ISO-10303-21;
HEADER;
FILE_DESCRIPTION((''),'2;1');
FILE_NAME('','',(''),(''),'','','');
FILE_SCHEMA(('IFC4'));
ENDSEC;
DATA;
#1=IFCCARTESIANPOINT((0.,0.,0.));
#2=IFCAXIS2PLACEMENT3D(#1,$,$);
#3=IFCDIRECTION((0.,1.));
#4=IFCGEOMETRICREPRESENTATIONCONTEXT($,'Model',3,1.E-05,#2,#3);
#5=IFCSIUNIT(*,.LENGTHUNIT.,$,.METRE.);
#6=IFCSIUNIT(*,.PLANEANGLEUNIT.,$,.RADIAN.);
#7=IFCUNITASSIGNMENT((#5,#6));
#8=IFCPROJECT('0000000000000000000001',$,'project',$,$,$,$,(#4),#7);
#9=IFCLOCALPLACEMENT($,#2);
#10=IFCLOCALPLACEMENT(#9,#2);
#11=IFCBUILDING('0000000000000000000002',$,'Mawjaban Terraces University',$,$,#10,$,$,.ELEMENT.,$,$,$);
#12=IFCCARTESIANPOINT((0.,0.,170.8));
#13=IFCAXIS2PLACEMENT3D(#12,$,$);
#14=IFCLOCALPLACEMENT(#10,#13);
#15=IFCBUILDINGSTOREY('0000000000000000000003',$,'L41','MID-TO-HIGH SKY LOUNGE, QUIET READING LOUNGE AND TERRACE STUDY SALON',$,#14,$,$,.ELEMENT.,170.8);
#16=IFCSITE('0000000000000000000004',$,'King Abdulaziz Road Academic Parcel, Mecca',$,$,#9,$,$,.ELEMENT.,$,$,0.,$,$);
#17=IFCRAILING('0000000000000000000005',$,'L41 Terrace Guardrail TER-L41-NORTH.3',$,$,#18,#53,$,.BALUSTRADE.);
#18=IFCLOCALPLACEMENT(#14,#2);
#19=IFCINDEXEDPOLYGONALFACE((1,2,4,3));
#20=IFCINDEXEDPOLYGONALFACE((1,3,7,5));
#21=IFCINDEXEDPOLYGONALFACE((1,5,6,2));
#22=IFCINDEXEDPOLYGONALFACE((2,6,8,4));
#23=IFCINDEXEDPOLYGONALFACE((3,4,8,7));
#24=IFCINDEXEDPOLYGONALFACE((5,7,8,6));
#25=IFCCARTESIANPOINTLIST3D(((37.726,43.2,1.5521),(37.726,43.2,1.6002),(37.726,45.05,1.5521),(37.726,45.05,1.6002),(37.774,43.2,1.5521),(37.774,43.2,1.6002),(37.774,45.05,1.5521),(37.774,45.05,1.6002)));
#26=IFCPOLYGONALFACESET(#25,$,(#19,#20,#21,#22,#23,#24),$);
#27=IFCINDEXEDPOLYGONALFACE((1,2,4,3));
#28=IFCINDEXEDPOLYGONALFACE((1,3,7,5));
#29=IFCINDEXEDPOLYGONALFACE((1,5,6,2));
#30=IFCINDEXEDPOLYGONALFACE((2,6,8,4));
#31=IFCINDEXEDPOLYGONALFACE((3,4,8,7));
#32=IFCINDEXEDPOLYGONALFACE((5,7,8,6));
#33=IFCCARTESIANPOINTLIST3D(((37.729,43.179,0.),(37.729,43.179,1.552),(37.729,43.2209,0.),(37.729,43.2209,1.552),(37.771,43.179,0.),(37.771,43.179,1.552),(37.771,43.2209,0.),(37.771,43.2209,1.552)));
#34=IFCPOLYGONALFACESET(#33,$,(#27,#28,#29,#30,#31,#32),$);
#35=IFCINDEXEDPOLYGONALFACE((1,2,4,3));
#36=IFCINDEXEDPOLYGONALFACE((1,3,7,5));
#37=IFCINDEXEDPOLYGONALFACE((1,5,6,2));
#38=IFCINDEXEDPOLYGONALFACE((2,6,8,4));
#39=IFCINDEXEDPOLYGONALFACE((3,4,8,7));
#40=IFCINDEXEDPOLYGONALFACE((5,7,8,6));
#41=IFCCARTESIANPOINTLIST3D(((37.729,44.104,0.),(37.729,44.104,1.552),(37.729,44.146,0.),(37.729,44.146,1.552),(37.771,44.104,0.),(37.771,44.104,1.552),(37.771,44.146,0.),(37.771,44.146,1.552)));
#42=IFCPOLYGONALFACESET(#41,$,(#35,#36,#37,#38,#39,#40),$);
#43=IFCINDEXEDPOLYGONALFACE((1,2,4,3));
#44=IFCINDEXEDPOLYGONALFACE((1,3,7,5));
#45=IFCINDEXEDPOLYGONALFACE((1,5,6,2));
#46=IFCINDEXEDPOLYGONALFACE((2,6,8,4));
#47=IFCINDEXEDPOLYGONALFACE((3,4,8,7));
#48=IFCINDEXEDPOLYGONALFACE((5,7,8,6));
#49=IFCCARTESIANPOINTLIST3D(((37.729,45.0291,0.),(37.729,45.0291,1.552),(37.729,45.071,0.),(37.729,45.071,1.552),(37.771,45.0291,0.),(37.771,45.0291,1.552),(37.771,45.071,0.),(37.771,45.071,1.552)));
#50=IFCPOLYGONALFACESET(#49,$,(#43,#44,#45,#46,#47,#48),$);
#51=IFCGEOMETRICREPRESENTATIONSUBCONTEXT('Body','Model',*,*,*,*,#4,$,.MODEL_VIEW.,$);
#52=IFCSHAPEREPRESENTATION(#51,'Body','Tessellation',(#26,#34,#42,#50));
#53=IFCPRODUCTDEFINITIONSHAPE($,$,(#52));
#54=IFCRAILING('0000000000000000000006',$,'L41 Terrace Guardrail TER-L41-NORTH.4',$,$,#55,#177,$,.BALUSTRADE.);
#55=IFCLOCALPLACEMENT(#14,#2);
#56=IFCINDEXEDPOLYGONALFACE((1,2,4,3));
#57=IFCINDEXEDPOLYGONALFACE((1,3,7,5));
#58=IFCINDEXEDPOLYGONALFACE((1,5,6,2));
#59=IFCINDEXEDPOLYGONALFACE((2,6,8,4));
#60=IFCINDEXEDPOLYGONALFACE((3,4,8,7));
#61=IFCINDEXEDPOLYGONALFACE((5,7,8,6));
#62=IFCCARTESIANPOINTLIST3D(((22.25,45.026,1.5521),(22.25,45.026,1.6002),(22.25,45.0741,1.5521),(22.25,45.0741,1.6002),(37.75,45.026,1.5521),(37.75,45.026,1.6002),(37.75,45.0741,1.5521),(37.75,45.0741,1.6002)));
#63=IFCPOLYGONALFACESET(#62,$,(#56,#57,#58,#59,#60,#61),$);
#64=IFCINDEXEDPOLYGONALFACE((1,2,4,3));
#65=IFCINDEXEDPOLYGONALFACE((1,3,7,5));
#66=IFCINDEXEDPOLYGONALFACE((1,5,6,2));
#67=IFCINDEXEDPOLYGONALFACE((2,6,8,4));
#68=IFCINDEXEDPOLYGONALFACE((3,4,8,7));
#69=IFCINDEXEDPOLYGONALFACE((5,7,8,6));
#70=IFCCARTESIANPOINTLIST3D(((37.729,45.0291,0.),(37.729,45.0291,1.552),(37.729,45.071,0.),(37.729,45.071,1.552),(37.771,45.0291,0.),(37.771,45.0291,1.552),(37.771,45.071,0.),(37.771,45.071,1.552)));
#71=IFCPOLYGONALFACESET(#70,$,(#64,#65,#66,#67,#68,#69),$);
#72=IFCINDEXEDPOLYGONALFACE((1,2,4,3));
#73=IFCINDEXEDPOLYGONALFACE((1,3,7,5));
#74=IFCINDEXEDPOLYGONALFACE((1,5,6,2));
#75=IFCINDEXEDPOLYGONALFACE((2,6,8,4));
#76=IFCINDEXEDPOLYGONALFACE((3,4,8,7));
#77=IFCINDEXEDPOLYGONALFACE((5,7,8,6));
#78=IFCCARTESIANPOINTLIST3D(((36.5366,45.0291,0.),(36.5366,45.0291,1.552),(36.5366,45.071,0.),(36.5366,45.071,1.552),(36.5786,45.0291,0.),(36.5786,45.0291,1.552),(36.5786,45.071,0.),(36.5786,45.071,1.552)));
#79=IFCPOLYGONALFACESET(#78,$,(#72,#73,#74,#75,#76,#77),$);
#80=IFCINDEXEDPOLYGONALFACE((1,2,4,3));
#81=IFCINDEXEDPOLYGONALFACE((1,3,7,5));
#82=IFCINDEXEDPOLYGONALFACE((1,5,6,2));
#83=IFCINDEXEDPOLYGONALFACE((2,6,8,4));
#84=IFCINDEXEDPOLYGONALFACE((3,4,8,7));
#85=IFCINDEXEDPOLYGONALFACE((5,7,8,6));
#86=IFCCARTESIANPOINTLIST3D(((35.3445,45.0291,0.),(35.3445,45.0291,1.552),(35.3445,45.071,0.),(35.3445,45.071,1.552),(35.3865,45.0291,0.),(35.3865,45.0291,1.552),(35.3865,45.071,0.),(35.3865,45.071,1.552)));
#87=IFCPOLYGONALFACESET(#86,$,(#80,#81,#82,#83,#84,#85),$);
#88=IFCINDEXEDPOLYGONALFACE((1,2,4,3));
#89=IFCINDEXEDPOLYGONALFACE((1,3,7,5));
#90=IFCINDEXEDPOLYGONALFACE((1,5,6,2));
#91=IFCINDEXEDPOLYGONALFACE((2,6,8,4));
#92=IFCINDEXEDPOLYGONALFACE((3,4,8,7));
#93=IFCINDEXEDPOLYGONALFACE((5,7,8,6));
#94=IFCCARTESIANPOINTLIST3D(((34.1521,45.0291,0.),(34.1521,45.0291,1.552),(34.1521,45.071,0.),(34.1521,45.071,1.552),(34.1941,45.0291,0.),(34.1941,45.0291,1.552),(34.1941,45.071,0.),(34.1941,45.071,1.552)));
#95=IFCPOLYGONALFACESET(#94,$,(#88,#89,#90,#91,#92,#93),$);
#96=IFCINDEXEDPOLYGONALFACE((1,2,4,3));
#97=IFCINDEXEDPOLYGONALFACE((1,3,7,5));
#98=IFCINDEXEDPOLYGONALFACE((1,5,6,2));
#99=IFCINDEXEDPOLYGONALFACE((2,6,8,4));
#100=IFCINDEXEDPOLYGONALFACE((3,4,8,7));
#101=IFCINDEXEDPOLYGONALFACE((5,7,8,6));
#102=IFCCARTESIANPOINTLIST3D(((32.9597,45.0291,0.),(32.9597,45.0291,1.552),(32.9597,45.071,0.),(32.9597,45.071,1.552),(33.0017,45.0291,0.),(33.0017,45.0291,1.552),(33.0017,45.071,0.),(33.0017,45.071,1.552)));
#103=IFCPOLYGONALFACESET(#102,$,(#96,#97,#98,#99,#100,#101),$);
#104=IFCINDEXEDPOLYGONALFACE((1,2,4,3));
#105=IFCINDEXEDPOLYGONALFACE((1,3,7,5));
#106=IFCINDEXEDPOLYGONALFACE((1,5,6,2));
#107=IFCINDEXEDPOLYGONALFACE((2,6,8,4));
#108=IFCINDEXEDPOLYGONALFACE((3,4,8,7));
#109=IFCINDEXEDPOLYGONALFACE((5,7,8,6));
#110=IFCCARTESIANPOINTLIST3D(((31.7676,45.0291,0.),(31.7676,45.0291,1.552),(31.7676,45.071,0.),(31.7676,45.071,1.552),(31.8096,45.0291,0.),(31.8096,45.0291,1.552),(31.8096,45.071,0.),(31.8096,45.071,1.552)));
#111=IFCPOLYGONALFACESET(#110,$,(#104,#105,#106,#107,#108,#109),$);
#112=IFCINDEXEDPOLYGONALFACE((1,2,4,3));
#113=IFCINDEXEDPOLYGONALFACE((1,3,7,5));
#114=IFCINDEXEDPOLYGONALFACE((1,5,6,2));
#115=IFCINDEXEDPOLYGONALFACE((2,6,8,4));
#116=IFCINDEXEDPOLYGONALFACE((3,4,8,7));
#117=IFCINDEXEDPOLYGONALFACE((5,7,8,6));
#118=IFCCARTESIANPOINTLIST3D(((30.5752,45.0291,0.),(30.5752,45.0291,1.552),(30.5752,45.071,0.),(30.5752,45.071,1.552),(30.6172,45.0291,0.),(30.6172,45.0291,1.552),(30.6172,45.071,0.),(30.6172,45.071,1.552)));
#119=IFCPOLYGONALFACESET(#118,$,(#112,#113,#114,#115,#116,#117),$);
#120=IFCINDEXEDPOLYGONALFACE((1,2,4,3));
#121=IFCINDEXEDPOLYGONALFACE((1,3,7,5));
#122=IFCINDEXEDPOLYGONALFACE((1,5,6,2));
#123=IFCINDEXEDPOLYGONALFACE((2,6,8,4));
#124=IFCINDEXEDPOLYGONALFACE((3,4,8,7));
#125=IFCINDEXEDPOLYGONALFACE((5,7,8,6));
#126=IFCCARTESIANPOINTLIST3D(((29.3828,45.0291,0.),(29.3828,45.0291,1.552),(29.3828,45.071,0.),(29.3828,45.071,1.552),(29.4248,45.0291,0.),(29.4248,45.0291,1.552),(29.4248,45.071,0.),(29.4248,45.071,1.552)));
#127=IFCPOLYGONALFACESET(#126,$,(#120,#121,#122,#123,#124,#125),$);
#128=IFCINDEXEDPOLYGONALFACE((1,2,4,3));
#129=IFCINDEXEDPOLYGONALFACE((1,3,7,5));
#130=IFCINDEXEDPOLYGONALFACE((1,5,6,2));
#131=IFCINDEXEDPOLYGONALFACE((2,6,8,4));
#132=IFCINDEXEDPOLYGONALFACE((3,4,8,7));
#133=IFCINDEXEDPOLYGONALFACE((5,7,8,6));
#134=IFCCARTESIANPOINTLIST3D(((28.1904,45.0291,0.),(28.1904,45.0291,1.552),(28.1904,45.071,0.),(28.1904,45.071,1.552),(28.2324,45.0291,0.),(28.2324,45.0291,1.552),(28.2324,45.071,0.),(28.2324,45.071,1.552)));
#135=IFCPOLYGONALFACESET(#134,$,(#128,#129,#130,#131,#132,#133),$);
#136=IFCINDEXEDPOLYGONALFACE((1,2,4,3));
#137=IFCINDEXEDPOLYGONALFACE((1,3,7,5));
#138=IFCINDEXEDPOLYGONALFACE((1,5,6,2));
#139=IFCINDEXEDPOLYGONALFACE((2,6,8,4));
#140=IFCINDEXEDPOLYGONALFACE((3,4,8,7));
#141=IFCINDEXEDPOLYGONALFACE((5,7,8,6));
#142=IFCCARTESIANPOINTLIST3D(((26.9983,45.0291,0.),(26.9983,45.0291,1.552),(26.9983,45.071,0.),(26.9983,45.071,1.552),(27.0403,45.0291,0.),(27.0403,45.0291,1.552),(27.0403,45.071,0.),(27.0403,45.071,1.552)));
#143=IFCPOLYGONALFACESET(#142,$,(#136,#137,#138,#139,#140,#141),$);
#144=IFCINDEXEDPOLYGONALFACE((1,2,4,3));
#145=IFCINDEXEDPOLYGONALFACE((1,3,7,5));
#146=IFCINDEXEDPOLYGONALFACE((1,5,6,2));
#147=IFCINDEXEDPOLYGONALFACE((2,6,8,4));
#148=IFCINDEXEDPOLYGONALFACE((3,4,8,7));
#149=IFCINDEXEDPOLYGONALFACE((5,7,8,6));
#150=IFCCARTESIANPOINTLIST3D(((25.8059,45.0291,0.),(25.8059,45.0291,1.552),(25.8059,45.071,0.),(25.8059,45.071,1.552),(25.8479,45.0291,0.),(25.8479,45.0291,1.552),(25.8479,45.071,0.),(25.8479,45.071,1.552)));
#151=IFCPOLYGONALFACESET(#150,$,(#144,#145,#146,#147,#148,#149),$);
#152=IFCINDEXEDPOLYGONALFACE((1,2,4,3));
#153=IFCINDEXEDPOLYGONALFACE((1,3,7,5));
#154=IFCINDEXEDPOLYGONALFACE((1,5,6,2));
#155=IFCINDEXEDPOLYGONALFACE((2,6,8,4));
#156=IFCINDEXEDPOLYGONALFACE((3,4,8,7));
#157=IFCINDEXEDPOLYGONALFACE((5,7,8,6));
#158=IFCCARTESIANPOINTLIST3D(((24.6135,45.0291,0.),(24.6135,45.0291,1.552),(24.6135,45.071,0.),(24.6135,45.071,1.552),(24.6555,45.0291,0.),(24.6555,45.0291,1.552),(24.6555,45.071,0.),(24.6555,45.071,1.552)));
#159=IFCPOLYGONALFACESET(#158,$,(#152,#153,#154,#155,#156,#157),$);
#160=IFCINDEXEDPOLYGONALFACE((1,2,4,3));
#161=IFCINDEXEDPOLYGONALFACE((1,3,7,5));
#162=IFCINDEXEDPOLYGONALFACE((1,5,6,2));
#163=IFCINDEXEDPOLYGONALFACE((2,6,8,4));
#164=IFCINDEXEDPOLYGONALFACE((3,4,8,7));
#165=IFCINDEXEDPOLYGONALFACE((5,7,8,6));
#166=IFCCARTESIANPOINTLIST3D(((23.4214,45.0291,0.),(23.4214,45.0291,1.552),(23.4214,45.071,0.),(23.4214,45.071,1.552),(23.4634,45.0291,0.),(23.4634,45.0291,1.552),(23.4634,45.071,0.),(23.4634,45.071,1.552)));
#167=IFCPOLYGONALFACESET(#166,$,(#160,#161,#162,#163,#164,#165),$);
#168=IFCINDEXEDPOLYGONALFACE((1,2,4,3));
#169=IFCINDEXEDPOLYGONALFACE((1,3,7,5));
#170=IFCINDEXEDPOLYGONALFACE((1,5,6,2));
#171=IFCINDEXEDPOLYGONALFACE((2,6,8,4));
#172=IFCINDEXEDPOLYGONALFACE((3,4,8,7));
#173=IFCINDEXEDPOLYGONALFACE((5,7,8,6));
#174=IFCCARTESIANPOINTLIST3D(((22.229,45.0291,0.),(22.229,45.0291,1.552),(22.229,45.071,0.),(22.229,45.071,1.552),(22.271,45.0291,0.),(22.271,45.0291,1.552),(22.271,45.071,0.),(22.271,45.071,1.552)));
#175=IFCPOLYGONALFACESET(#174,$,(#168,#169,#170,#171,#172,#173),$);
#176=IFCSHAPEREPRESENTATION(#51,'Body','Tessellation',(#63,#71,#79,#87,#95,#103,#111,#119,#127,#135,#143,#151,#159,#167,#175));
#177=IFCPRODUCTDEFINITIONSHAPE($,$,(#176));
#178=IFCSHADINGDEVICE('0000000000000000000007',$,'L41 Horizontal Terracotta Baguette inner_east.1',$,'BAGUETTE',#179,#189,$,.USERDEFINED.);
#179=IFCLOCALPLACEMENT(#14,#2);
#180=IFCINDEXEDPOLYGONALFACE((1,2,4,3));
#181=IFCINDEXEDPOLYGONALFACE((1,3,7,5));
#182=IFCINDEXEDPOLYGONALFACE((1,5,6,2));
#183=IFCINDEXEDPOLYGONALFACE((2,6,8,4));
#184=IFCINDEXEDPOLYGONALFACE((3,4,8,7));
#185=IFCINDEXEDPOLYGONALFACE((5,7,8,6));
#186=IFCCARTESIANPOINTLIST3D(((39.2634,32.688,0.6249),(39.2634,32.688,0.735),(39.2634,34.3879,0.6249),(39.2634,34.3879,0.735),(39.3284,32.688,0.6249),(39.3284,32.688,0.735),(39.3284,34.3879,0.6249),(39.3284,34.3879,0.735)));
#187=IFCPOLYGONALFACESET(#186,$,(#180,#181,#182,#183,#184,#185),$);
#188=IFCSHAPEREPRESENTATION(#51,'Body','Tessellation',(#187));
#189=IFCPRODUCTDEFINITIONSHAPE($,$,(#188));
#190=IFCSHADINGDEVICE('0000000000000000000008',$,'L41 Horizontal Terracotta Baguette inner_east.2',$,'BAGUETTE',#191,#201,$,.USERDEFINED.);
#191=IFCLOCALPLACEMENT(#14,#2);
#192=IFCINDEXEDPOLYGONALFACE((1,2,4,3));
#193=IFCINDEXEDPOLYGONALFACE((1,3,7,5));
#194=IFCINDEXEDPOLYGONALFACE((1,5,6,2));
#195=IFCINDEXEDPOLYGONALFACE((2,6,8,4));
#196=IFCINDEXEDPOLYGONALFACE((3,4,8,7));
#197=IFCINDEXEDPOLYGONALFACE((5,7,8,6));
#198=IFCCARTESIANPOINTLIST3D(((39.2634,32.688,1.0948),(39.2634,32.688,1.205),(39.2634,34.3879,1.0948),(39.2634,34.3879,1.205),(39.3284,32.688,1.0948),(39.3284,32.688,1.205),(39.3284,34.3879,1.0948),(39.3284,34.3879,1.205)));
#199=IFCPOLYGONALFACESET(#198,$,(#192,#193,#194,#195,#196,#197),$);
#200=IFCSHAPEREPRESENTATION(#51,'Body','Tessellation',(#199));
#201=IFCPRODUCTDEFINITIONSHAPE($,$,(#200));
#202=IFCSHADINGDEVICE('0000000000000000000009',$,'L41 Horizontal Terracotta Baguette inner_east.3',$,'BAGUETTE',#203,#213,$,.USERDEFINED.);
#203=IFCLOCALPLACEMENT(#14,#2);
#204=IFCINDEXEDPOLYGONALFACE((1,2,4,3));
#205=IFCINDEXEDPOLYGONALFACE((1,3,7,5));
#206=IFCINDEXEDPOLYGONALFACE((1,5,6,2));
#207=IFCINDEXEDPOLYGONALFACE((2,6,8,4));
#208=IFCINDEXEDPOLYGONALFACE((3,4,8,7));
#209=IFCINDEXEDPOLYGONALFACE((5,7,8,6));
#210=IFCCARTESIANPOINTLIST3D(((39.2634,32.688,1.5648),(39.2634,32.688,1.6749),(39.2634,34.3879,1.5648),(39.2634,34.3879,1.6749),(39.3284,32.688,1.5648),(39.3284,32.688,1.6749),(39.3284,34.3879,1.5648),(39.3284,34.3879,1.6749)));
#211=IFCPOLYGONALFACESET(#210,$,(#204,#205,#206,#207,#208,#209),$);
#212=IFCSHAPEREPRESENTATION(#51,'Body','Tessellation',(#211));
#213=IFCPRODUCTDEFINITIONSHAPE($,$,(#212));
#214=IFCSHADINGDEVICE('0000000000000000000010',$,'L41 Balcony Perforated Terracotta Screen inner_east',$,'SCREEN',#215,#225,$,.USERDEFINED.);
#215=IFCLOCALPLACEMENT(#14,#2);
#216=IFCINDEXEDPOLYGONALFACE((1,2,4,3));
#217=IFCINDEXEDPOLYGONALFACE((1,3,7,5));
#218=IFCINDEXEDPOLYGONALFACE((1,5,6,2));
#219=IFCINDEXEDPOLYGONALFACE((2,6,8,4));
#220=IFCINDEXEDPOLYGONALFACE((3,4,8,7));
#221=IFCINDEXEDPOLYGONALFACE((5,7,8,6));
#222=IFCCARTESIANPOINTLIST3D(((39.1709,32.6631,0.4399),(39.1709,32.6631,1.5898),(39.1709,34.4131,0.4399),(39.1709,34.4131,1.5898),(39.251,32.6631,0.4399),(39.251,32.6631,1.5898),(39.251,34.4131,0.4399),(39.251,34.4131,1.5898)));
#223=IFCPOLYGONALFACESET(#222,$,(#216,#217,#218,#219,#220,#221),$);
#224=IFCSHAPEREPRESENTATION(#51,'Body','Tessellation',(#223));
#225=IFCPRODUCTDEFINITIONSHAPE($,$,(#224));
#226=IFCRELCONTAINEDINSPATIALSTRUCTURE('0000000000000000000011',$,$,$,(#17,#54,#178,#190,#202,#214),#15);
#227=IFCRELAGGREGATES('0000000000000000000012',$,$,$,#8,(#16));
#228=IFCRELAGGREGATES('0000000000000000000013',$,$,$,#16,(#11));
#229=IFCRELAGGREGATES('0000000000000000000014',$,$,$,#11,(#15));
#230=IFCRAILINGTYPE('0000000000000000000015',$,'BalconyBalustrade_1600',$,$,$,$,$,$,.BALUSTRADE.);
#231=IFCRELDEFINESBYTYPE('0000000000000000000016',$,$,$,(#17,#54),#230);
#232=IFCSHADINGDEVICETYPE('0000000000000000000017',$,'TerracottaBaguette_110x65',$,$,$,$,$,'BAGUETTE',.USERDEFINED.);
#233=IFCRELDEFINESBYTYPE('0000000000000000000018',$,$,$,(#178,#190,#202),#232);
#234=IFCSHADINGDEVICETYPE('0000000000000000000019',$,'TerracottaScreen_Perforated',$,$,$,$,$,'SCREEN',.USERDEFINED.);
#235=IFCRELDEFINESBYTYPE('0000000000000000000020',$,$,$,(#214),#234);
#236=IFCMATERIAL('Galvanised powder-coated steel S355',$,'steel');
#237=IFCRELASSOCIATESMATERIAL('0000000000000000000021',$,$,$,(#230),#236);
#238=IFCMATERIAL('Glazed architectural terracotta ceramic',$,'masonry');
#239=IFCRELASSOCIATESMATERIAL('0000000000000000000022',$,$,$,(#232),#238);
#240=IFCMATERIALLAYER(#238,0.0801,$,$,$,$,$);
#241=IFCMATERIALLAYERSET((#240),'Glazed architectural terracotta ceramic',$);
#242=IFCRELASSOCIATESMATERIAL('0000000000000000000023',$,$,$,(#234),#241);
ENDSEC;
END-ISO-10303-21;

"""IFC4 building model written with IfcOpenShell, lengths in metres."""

from ifc_helpers import new_model, si_unit, direction, frame, origin, origin_2d, place, context, subcontext, project, spatial, rectangle, extrude, material, layer, layer_set, material_profile, profile_set, type_object, element, save


model = new_model("IFC4")

# Units and contexts
model_context = context("Model", 3, precision=1e-05, world=origin(), true_north=direction((0.0, 1.0)))
body_context = subcontext(model_context, "Body", "Model", "MODEL_VIEW")
ifc_project = project(units=[si_unit("LENGTHUNIT", "METRE"), si_unit("PLANEANGLEUNIT", "RADIAN")], contexts=[model_context])

# Site, building, storey
site_placement = place(None, origin())
site = spatial("IfcSite", under=ifc_project, at=site_placement, Name="King Abdulaziz Road Academic Parcel, Mecca", CompositionType="ELEMENT", RefElevation=0.0)
building_placement = place(site_placement, origin())
building = spatial("IfcBuilding", under=site, at=building_placement, Name="Mawjaban Terraces University", CompositionType="ELEMENT")
storey_placement = place(building_placement, frame((0.0, 0.0, 170.8)))
storey = spatial("IfcBuildingStorey", under=building, at=storey_placement, Name="L41", Description="MID-TO-HIGH SKY LOUNGE, QUIET READING LOUNGE AND TERRACE STUDY SALON", CompositionType="ELEMENT", Elevation=170.8)

# Railings
ifc_material_1 = material(Name="Galvanised powder-coated steel S355", Category="steel")
railing_type = type_object("IfcRailingType", Name="BalconyBalustrade_1600", PredefinedType="BALUSTRADE", material=ifc_material_1)
railing_1_placement = place(storey_placement, frame((37.75, 43.2, 0.0)))
element("IfcRailing", 1, at=railing_1_placement, inside=storey, type_object=railing_type, Name="L41 Terrace Guardrail TER-L41-NORTH.3", PredefinedType="BALUSTRADE", context=body_context, shape_type="SweptSolid", body=[
    extrude(rectangle(XDim=0.0481, YDim=0.0481, at=origin_2d()), frame((0.0, 0.0, 1.5762), z_axis=(0.0, 1.0, 0.0), x_axis=(-1.0, 0.0, 0.0)), (0.0, 0.0, 1.0), 1.8501),
    extrude(rectangle(XDim=0.042, YDim=0.042, at=origin_2d()), origin(), (0.0, 0.0, 1.0), 1.552),
    extrude(rectangle(XDim=0.042, YDim=0.042, at=origin_2d()), frame((0.0, 0.925, 0.0)), (0.0, 0.0, 1.0), 1.552),
    extrude(rectangle(XDim=0.042, YDim=0.042, at=origin_2d()), frame((0.0, 1.8501, 0.0)), (0.0, 0.0, 1.0), 1.552),
])
railing_2_placement = place(storey_placement, frame((37.75, 45.05, 0.0)))
element("IfcRailing", 2, at=railing_2_placement, inside=storey, type_object=railing_type, Name="L41 Terrace Guardrail TER-L41-NORTH.4", PredefinedType="BALUSTRADE", context=body_context, shape_type="SweptSolid", body=[
    extrude(rectangle(XDim=0.0481, YDim=0.0481, at=origin_2d()), frame((0.0, 0.0, 1.5762), z_axis=(-1.0, 0.0, 0.0), x_axis=(0.0, -1.0, 0.0)), (0.0, 0.0, 1.0), 15.5),
    extrude(rectangle(XDim=0.042, YDim=0.042, at=origin_2d()), origin(), (0.0, 0.0, 1.0), 1.552),
    extrude(rectangle(XDim=0.042, YDim=0.042, at=origin_2d()), frame((-1.1924, 0.0, 0.0)), (0.0, 0.0, 1.0), 1.552),
    extrude(rectangle(XDim=0.042, YDim=0.042, at=origin_2d()), frame((-2.3845, 0.0, 0.0)), (0.0, 0.0, 1.0), 1.552),
    extrude(rectangle(XDim=0.042, YDim=0.042, at=origin_2d()), frame((-3.5769, 0.0, 0.0)), (0.0, 0.0, 1.0), 1.552),
    extrude(rectangle(XDim=0.042, YDim=0.042, at=origin_2d()), frame((-4.7693, 0.0, 0.0)), (0.0, 0.0, 1.0), 1.552),
    extrude(rectangle(XDim=0.042, YDim=0.042, at=origin_2d()), frame((-5.9614, 0.0, 0.0)), (0.0, 0.0, 1.0), 1.552),
    extrude(rectangle(XDim=0.042, YDim=0.042, at=origin_2d()), frame((-7.1538, 0.0, 0.0)), (0.0, 0.0, 1.0), 1.552),
    extrude(rectangle(XDim=0.042, YDim=0.042, at=origin_2d()), frame((-8.3462, 0.0, 0.0)), (0.0, 0.0, 1.0), 1.552),
    extrude(rectangle(XDim=0.042, YDim=0.042, at=origin_2d()), frame((-9.5386, 0.0, 0.0)), (0.0, 0.0, 1.0), 1.552),
    extrude(rectangle(XDim=0.042, YDim=0.042, at=origin_2d()), frame((-10.7307, 0.0, 0.0)), (0.0, 0.0, 1.0), 1.552),
    extrude(rectangle(XDim=0.042, YDim=0.042, at=origin_2d()), frame((-11.9231, 0.0, 0.0)), (0.0, 0.0, 1.0), 1.552),
    extrude(rectangle(XDim=0.042, YDim=0.042, at=origin_2d()), frame((-13.1155, 0.0, 0.0)), (0.0, 0.0, 1.0), 1.552),
    extrude(rectangle(XDim=0.042, YDim=0.042, at=origin_2d()), frame((-14.3076, 0.0, 0.0)), (0.0, 0.0, 1.0), 1.552),
    extrude(rectangle(XDim=0.042, YDim=0.042, at=origin_2d()), frame((-15.5, 0.0, 0.0)), (0.0, 0.0, 1.0), 1.552),
])

# Shading devices
ifc_material_2 = material(Name="Glazed architectural terracotta ceramic", Category="masonry")
ifc_material_profile_1 = material_profile(ifc_material_2, rectangle(XDim=0.0649, YDim=0.1101, at=origin_2d()), Name="TBAG110X65")
ifc_profile_set_1 = profile_set([ifc_material_profile_1], Name="Glazed architectural terracotta ceramic")
shading_device_type_1 = type_object("IfcShadingDeviceType", Name="TerracottaBaguette_110x65", ElementType="BAGUETTE", PredefinedType="USERDEFINED", material=ifc_profile_set_1)
for number, where, z_axis, x_axis, name in (
    (3, (39.2959, 32.688, 0.6799), (0.0, 1.0, 0.0), (-1.0, 0.0, 0.0), "L41 Horizontal Terracotta Baguette inner_east.1"),
    (4, (39.2959, 32.688, 1.1499), (0.0, 1.0, 0.0), (-1.0, 0.0, 0.0), "L41 Horizontal Terracotta Baguette inner_east.2"),
    (5, (39.2959, 32.688, 1.6199), (0.0, 1.0, 0.0), (-1.0, 0.0, 0.0), "L41 Horizontal Terracotta Baguette inner_east.3"),
):
    element("IfcShadingDevice", number, at=place(storey_placement, frame(where, z_axis=z_axis, x_axis=x_axis)), inside=storey, type_object=shading_device_type_1, Name=name, ObjectType="BAGUETTE", PredefinedType="USERDEFINED", context=body_context, shape_type="SweptSolid", body=[
        extrude(rectangle(XDim=0.0649, YDim=0.1101, at=origin_2d()), origin(), (0.0, 0.0, 1.0), 1.7),
    ])
ifc_layer_1 = layer(ifc_material_2, 0.0801)
ifc_layer_set_1 = layer_set([ifc_layer_1], Name="Glazed architectural terracotta ceramic")
shading_device_type_2 = type_object("IfcShadingDeviceType", Name="TerracottaScreen_Perforated", ElementType="SCREEN", PredefinedType="USERDEFINED", material=ifc_layer_set_1)
shading_device_placement = place(storey_placement, frame((39.2109, 33.5381, 0.4399), z_axis=(0.0, 0.0, 1.0), x_axis=(0.0, 1.0, 0.0)))
element("IfcShadingDevice", 6, at=shading_device_placement, inside=storey, type_object=shading_device_type_2, Name="L41 Balcony Perforated Terracotta Screen inner_east", ObjectType="SCREEN", PredefinedType="USERDEFINED", context=body_context, shape_type="SweptSolid", body=[
    extrude(rectangle(XDim=1.75, YDim=0.0801, at=origin_2d()), origin(), (0.0, 0.0, 1.0), 1.1499),
])

save(model, "model.ifc")
